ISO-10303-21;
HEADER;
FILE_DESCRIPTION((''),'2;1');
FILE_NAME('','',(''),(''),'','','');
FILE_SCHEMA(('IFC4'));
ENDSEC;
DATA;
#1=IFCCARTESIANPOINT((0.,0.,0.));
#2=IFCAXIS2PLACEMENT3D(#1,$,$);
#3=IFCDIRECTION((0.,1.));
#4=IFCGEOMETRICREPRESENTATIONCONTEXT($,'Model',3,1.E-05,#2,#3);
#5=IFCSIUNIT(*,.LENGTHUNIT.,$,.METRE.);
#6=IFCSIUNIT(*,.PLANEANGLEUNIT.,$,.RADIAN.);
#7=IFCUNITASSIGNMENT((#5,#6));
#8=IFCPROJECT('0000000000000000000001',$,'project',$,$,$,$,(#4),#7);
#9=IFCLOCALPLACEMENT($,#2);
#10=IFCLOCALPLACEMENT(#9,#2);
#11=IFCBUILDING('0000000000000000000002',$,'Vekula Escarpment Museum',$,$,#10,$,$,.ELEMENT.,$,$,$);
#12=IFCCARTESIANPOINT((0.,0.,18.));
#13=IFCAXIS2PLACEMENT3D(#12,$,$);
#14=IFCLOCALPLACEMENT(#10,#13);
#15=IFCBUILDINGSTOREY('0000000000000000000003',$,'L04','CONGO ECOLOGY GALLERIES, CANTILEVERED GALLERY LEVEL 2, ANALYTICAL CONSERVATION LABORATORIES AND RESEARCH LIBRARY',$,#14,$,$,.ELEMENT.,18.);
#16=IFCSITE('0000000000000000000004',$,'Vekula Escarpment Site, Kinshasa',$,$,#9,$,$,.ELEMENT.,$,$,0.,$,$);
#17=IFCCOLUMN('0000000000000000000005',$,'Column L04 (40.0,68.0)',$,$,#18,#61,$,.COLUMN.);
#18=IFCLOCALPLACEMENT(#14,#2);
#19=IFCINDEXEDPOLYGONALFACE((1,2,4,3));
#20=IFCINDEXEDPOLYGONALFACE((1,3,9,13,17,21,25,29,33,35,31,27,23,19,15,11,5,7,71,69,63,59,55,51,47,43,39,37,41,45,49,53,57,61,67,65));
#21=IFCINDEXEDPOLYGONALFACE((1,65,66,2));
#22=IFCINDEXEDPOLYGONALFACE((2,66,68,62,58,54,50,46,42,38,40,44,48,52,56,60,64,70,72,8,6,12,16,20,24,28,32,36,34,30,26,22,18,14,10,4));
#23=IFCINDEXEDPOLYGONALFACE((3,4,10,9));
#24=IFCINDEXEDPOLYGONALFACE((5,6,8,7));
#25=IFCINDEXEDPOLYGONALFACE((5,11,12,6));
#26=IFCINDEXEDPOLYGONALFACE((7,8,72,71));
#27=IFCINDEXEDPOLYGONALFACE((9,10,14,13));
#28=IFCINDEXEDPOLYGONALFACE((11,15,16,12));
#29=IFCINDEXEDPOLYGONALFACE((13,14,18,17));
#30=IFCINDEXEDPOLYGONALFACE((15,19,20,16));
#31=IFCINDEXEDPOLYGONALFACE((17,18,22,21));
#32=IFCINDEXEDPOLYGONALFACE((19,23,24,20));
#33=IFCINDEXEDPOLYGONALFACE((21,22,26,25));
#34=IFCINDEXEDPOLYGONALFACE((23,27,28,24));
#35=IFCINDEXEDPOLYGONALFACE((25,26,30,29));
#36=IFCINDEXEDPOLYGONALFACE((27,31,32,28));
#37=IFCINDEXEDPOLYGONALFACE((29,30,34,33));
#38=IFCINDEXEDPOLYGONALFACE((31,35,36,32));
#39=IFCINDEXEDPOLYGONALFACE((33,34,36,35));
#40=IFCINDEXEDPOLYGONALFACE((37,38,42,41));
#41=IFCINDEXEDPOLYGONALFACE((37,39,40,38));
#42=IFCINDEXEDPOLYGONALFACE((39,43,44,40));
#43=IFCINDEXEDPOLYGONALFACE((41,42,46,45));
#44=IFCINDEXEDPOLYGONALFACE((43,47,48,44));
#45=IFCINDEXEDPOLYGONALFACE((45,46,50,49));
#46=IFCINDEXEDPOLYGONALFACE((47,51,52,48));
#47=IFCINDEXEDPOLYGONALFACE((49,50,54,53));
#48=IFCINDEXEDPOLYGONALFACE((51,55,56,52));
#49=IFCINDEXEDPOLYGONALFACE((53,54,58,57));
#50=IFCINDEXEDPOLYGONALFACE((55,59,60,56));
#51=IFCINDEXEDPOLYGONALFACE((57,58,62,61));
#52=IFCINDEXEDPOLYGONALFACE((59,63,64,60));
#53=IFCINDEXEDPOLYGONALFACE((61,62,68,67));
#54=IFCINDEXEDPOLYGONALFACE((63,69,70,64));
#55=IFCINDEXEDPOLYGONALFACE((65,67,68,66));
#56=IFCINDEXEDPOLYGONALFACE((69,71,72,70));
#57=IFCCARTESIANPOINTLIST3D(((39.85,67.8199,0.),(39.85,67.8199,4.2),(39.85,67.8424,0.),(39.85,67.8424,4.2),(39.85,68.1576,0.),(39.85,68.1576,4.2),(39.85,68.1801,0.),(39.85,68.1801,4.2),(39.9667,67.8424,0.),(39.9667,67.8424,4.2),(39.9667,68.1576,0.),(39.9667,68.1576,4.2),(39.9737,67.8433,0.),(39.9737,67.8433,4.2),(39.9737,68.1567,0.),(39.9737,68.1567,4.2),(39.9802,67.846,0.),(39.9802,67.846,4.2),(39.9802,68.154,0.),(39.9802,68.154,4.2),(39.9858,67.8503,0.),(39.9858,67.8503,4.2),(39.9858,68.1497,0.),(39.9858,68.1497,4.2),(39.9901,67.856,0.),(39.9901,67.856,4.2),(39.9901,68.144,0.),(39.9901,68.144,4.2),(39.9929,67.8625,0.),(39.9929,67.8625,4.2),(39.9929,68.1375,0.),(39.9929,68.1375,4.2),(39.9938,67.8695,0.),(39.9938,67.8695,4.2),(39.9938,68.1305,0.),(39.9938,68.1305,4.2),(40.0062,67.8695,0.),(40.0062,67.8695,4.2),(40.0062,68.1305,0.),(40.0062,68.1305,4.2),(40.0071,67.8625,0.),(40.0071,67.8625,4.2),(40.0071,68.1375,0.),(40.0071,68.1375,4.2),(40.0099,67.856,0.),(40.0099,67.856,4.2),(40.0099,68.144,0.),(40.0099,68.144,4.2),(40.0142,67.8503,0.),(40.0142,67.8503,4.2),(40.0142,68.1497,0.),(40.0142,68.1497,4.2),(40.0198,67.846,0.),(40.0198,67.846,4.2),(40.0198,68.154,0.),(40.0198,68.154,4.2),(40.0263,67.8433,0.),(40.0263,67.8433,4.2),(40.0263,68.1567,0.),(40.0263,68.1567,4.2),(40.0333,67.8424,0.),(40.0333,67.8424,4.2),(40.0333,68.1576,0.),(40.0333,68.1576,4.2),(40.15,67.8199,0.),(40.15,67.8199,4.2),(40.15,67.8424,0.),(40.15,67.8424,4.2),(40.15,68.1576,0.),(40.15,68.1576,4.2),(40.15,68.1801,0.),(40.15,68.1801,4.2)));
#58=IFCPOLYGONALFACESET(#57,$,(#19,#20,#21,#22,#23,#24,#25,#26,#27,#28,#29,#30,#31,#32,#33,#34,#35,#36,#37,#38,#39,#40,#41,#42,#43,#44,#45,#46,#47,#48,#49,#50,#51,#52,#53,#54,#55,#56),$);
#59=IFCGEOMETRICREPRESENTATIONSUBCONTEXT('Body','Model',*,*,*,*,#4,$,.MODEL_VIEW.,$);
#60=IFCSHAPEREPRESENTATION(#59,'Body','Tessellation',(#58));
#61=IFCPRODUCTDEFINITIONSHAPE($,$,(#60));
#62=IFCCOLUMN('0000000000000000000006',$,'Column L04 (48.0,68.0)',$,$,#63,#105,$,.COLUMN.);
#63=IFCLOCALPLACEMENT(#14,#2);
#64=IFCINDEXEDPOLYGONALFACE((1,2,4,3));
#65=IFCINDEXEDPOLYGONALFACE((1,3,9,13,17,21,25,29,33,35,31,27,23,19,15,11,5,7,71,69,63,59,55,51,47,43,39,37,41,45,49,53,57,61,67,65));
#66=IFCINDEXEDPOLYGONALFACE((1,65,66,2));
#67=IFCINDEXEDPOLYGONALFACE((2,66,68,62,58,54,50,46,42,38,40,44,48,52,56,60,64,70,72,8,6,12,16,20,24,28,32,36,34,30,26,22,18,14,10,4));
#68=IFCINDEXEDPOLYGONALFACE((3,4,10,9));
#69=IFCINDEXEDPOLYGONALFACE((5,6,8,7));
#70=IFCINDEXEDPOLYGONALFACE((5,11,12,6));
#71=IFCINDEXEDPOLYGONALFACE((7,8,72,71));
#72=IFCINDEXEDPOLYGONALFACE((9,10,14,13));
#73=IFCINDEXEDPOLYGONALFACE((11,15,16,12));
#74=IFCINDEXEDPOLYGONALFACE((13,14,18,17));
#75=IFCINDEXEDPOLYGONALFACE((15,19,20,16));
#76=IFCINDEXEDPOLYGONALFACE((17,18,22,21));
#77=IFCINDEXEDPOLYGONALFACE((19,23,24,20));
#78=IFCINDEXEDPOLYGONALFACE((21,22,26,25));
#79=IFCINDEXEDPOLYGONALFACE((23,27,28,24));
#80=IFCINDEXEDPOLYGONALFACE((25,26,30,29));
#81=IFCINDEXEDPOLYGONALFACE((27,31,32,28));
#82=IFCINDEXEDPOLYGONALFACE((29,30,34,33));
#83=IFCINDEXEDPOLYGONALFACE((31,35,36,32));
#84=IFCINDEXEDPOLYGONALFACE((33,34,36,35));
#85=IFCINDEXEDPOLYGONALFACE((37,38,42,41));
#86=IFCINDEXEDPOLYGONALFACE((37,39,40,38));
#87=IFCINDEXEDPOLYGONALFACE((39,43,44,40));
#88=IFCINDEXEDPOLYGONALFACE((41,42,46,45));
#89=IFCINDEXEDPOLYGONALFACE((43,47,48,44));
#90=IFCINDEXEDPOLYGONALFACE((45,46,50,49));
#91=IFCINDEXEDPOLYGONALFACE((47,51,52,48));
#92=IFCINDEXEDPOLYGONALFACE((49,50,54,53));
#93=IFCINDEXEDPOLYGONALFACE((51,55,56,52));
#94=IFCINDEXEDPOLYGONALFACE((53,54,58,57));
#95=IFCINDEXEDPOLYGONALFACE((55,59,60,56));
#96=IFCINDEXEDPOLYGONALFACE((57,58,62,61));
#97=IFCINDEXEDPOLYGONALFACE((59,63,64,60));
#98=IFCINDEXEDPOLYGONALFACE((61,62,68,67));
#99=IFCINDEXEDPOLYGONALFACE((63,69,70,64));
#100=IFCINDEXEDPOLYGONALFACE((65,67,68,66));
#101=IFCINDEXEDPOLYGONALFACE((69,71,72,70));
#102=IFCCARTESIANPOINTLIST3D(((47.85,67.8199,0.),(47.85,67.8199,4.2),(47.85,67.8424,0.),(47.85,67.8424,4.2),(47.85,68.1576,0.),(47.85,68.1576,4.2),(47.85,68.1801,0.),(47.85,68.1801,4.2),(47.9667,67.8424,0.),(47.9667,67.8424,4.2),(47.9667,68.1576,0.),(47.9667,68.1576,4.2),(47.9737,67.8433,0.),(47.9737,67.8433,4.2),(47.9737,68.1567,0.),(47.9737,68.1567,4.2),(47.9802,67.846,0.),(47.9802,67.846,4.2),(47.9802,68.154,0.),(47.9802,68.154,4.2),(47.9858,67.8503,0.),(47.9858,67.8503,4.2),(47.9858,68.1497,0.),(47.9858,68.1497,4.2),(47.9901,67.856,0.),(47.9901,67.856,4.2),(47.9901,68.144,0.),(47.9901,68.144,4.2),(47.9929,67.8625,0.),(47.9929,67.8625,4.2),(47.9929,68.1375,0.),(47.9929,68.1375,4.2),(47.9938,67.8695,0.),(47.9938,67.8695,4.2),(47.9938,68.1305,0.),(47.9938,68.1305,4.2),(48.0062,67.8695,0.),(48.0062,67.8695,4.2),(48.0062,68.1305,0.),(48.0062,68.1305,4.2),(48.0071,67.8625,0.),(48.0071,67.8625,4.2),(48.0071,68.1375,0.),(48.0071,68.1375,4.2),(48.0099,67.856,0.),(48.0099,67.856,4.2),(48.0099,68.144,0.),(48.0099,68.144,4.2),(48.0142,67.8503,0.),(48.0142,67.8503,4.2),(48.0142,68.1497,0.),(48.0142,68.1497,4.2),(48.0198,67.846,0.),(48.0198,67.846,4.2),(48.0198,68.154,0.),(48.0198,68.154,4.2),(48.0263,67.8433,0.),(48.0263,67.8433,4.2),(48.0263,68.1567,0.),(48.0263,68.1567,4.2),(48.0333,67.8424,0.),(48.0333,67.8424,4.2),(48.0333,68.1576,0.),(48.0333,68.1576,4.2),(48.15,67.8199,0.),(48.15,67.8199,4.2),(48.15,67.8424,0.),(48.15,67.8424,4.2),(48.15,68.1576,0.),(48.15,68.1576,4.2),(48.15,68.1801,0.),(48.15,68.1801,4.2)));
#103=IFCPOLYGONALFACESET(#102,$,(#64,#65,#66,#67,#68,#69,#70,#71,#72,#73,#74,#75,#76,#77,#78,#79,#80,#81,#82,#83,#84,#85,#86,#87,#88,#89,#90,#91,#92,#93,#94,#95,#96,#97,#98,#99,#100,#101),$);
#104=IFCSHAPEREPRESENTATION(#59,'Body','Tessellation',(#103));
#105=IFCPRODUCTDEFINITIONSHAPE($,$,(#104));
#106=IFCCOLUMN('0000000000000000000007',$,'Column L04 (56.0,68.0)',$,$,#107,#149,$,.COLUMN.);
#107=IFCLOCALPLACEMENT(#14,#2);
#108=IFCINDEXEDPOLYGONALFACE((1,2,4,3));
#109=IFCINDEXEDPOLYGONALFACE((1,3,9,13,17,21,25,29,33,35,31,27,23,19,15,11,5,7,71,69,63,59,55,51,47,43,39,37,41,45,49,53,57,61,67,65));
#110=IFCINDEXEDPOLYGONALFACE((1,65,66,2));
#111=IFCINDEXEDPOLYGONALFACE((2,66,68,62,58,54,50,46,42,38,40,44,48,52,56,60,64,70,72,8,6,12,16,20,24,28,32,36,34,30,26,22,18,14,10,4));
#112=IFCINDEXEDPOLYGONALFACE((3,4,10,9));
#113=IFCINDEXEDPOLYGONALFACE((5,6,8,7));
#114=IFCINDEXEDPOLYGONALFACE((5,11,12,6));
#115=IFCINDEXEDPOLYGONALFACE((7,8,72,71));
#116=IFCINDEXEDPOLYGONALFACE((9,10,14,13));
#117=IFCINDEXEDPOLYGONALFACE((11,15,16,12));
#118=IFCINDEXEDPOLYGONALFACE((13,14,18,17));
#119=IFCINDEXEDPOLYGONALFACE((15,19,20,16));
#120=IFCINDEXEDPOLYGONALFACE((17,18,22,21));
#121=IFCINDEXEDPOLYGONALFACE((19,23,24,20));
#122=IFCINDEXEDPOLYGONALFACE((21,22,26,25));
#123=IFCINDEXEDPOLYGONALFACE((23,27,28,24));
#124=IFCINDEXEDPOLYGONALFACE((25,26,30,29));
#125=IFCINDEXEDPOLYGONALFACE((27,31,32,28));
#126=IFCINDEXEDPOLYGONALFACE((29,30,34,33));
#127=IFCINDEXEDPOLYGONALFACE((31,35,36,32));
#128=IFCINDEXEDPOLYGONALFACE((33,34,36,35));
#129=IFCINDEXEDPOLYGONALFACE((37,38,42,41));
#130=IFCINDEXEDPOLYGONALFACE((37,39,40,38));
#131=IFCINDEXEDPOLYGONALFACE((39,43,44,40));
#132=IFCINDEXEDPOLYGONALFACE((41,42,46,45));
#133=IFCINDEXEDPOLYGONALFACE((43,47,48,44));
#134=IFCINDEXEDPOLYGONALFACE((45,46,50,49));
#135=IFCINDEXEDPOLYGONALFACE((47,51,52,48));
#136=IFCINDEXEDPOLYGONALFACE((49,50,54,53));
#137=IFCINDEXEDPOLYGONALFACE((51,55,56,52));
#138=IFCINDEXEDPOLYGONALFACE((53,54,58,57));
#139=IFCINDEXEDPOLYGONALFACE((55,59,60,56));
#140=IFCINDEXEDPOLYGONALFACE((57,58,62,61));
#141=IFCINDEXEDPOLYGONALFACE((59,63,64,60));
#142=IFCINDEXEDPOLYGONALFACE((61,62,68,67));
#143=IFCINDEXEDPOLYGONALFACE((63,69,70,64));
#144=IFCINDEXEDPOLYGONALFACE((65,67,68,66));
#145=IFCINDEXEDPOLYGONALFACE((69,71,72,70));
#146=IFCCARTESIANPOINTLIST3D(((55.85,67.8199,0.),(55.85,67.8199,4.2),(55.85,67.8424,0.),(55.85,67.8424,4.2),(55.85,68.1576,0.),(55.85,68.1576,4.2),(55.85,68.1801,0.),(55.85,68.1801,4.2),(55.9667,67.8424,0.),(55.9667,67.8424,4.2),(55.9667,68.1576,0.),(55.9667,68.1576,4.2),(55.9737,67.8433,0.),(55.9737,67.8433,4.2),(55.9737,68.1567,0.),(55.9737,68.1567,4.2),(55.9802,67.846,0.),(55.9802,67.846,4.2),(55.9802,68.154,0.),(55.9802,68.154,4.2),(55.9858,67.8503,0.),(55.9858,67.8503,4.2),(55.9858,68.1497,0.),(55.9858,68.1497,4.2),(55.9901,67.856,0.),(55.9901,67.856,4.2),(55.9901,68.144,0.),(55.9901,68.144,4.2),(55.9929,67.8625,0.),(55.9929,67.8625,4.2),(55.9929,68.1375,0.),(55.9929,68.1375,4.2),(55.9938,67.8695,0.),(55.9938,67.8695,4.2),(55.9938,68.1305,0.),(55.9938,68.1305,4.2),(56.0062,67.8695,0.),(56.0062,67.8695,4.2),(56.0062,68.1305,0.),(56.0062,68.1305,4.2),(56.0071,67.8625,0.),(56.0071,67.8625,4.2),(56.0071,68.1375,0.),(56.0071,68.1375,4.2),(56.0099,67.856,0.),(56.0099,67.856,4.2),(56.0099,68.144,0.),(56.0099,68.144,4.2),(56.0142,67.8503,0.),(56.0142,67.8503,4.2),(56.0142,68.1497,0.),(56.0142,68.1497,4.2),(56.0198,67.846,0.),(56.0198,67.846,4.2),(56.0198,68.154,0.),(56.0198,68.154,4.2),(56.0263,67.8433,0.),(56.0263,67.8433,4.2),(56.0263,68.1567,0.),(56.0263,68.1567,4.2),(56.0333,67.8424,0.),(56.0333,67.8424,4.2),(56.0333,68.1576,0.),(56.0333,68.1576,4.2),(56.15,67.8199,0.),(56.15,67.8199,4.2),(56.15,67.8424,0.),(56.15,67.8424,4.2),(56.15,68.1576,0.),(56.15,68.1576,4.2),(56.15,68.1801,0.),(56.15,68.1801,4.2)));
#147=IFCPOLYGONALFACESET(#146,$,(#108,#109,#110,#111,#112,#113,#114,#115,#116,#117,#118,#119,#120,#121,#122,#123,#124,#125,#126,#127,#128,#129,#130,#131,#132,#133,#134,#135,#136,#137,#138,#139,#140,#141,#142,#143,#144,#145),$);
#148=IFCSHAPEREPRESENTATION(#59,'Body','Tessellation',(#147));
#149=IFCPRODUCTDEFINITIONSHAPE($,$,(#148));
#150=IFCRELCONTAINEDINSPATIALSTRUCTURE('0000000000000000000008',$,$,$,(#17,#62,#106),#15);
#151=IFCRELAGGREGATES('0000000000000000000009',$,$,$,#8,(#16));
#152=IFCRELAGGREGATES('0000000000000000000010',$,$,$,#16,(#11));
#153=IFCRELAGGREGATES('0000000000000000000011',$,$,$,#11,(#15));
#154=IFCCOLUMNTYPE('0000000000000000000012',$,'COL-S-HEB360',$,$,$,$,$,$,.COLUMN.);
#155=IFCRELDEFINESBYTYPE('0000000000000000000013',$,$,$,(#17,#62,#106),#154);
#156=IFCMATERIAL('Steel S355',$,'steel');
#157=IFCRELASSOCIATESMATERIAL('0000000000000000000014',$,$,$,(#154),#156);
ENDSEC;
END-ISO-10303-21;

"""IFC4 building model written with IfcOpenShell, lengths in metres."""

from ifc_helpers import new_model, si_unit, direction, frame, origin, origin_2d, place, context, subcontext, project, spatial, i_section, extrude, material, material_profile, profile_set, type_object, element, save


model = new_model("IFC4")

# Units and contexts
model_context = context("Model", 3, precision=1e-05, world=origin(), true_north=direction((0.0, 1.0)))
body_context = subcontext(model_context, "Body", "Model", "MODEL_VIEW")
ifc_project = project(units=[si_unit("LENGTHUNIT", "METRE"), si_unit("PLANEANGLEUNIT", "RADIAN")], contexts=[model_context])

# Site, building, storey
site_placement = place(None, origin())
site = spatial("IfcSite", under=ifc_project, at=site_placement, Name="Vekula Escarpment Site, Kinshasa", CompositionType="ELEMENT", RefElevation=0.0)
building_placement = place(site_placement, origin())
building = spatial("IfcBuilding", under=site, at=building_placement, Name="Vekula Escarpment Museum", CompositionType="ELEMENT")
storey_placement = place(building_placement, frame((0.0, 0.0, 18.0)))
storey = spatial("IfcBuildingStorey", under=building, at=storey_placement, Name="L04", Description="CONGO ECOLOGY GALLERIES, CANTILEVERED GALLERY LEVEL 2, ANALYTICAL CONSERVATION LABORATORIES AND RESEARCH LIBRARY", CompositionType="ELEMENT", Elevation=18.0)

# Columns
ifc_material_1 = material(Name="Steel S355", Category="steel")
ifc_material_profile_1 = material_profile(ifc_material_1, i_section(OverallWidth=0.3, OverallDepth=0.3601, WebThickness=0.0125, FlangeThickness=0.0225, FilletRadius=0.0271, at=origin_2d()), Name="HEB 360")
ifc_profile_set_1 = profile_set([ifc_material_profile_1], Name="Steel S355")
column_type_1 = type_object("IfcColumnType", Name="COL-S-HEB360", PredefinedType="COLUMN", material=ifc_profile_set_1)
for number, where, z_axis, x_axis, name in (
    (1, (40.0, 68.0, 0.0), (0.0, 0.0, 1.0), (1.0, 0.0, 0.0), "Column L04 (40.0,68.0)"),
    (2, (48.0, 68.0, 0.0), (0.0, 0.0, 1.0), (1.0, 0.0, 0.0), "Column L04 (48.0,68.0)"),
    (3, (56.0, 68.0, 0.0), (0.0, 0.0, 1.0), (1.0, 0.0, 0.0), "Column L04 (56.0,68.0)"),
):
    element("IfcColumn", number, at=place(storey_placement, frame(where, z_axis=z_axis, x_axis=x_axis)), inside=storey, type_object=column_type_1, Name=name, PredefinedType="COLUMN", context=body_context, shape_type="SweptSolid", body=[
        extrude(i_section(OverallWidth=0.3, OverallDepth=0.3601, WebThickness=0.0125, FlangeThickness=0.0225, FilletRadius=0.0271, at=origin_2d()), origin(), (0.0, 0.0, 1.0), 4.2),
    ])

save(model, "model.ifc")
